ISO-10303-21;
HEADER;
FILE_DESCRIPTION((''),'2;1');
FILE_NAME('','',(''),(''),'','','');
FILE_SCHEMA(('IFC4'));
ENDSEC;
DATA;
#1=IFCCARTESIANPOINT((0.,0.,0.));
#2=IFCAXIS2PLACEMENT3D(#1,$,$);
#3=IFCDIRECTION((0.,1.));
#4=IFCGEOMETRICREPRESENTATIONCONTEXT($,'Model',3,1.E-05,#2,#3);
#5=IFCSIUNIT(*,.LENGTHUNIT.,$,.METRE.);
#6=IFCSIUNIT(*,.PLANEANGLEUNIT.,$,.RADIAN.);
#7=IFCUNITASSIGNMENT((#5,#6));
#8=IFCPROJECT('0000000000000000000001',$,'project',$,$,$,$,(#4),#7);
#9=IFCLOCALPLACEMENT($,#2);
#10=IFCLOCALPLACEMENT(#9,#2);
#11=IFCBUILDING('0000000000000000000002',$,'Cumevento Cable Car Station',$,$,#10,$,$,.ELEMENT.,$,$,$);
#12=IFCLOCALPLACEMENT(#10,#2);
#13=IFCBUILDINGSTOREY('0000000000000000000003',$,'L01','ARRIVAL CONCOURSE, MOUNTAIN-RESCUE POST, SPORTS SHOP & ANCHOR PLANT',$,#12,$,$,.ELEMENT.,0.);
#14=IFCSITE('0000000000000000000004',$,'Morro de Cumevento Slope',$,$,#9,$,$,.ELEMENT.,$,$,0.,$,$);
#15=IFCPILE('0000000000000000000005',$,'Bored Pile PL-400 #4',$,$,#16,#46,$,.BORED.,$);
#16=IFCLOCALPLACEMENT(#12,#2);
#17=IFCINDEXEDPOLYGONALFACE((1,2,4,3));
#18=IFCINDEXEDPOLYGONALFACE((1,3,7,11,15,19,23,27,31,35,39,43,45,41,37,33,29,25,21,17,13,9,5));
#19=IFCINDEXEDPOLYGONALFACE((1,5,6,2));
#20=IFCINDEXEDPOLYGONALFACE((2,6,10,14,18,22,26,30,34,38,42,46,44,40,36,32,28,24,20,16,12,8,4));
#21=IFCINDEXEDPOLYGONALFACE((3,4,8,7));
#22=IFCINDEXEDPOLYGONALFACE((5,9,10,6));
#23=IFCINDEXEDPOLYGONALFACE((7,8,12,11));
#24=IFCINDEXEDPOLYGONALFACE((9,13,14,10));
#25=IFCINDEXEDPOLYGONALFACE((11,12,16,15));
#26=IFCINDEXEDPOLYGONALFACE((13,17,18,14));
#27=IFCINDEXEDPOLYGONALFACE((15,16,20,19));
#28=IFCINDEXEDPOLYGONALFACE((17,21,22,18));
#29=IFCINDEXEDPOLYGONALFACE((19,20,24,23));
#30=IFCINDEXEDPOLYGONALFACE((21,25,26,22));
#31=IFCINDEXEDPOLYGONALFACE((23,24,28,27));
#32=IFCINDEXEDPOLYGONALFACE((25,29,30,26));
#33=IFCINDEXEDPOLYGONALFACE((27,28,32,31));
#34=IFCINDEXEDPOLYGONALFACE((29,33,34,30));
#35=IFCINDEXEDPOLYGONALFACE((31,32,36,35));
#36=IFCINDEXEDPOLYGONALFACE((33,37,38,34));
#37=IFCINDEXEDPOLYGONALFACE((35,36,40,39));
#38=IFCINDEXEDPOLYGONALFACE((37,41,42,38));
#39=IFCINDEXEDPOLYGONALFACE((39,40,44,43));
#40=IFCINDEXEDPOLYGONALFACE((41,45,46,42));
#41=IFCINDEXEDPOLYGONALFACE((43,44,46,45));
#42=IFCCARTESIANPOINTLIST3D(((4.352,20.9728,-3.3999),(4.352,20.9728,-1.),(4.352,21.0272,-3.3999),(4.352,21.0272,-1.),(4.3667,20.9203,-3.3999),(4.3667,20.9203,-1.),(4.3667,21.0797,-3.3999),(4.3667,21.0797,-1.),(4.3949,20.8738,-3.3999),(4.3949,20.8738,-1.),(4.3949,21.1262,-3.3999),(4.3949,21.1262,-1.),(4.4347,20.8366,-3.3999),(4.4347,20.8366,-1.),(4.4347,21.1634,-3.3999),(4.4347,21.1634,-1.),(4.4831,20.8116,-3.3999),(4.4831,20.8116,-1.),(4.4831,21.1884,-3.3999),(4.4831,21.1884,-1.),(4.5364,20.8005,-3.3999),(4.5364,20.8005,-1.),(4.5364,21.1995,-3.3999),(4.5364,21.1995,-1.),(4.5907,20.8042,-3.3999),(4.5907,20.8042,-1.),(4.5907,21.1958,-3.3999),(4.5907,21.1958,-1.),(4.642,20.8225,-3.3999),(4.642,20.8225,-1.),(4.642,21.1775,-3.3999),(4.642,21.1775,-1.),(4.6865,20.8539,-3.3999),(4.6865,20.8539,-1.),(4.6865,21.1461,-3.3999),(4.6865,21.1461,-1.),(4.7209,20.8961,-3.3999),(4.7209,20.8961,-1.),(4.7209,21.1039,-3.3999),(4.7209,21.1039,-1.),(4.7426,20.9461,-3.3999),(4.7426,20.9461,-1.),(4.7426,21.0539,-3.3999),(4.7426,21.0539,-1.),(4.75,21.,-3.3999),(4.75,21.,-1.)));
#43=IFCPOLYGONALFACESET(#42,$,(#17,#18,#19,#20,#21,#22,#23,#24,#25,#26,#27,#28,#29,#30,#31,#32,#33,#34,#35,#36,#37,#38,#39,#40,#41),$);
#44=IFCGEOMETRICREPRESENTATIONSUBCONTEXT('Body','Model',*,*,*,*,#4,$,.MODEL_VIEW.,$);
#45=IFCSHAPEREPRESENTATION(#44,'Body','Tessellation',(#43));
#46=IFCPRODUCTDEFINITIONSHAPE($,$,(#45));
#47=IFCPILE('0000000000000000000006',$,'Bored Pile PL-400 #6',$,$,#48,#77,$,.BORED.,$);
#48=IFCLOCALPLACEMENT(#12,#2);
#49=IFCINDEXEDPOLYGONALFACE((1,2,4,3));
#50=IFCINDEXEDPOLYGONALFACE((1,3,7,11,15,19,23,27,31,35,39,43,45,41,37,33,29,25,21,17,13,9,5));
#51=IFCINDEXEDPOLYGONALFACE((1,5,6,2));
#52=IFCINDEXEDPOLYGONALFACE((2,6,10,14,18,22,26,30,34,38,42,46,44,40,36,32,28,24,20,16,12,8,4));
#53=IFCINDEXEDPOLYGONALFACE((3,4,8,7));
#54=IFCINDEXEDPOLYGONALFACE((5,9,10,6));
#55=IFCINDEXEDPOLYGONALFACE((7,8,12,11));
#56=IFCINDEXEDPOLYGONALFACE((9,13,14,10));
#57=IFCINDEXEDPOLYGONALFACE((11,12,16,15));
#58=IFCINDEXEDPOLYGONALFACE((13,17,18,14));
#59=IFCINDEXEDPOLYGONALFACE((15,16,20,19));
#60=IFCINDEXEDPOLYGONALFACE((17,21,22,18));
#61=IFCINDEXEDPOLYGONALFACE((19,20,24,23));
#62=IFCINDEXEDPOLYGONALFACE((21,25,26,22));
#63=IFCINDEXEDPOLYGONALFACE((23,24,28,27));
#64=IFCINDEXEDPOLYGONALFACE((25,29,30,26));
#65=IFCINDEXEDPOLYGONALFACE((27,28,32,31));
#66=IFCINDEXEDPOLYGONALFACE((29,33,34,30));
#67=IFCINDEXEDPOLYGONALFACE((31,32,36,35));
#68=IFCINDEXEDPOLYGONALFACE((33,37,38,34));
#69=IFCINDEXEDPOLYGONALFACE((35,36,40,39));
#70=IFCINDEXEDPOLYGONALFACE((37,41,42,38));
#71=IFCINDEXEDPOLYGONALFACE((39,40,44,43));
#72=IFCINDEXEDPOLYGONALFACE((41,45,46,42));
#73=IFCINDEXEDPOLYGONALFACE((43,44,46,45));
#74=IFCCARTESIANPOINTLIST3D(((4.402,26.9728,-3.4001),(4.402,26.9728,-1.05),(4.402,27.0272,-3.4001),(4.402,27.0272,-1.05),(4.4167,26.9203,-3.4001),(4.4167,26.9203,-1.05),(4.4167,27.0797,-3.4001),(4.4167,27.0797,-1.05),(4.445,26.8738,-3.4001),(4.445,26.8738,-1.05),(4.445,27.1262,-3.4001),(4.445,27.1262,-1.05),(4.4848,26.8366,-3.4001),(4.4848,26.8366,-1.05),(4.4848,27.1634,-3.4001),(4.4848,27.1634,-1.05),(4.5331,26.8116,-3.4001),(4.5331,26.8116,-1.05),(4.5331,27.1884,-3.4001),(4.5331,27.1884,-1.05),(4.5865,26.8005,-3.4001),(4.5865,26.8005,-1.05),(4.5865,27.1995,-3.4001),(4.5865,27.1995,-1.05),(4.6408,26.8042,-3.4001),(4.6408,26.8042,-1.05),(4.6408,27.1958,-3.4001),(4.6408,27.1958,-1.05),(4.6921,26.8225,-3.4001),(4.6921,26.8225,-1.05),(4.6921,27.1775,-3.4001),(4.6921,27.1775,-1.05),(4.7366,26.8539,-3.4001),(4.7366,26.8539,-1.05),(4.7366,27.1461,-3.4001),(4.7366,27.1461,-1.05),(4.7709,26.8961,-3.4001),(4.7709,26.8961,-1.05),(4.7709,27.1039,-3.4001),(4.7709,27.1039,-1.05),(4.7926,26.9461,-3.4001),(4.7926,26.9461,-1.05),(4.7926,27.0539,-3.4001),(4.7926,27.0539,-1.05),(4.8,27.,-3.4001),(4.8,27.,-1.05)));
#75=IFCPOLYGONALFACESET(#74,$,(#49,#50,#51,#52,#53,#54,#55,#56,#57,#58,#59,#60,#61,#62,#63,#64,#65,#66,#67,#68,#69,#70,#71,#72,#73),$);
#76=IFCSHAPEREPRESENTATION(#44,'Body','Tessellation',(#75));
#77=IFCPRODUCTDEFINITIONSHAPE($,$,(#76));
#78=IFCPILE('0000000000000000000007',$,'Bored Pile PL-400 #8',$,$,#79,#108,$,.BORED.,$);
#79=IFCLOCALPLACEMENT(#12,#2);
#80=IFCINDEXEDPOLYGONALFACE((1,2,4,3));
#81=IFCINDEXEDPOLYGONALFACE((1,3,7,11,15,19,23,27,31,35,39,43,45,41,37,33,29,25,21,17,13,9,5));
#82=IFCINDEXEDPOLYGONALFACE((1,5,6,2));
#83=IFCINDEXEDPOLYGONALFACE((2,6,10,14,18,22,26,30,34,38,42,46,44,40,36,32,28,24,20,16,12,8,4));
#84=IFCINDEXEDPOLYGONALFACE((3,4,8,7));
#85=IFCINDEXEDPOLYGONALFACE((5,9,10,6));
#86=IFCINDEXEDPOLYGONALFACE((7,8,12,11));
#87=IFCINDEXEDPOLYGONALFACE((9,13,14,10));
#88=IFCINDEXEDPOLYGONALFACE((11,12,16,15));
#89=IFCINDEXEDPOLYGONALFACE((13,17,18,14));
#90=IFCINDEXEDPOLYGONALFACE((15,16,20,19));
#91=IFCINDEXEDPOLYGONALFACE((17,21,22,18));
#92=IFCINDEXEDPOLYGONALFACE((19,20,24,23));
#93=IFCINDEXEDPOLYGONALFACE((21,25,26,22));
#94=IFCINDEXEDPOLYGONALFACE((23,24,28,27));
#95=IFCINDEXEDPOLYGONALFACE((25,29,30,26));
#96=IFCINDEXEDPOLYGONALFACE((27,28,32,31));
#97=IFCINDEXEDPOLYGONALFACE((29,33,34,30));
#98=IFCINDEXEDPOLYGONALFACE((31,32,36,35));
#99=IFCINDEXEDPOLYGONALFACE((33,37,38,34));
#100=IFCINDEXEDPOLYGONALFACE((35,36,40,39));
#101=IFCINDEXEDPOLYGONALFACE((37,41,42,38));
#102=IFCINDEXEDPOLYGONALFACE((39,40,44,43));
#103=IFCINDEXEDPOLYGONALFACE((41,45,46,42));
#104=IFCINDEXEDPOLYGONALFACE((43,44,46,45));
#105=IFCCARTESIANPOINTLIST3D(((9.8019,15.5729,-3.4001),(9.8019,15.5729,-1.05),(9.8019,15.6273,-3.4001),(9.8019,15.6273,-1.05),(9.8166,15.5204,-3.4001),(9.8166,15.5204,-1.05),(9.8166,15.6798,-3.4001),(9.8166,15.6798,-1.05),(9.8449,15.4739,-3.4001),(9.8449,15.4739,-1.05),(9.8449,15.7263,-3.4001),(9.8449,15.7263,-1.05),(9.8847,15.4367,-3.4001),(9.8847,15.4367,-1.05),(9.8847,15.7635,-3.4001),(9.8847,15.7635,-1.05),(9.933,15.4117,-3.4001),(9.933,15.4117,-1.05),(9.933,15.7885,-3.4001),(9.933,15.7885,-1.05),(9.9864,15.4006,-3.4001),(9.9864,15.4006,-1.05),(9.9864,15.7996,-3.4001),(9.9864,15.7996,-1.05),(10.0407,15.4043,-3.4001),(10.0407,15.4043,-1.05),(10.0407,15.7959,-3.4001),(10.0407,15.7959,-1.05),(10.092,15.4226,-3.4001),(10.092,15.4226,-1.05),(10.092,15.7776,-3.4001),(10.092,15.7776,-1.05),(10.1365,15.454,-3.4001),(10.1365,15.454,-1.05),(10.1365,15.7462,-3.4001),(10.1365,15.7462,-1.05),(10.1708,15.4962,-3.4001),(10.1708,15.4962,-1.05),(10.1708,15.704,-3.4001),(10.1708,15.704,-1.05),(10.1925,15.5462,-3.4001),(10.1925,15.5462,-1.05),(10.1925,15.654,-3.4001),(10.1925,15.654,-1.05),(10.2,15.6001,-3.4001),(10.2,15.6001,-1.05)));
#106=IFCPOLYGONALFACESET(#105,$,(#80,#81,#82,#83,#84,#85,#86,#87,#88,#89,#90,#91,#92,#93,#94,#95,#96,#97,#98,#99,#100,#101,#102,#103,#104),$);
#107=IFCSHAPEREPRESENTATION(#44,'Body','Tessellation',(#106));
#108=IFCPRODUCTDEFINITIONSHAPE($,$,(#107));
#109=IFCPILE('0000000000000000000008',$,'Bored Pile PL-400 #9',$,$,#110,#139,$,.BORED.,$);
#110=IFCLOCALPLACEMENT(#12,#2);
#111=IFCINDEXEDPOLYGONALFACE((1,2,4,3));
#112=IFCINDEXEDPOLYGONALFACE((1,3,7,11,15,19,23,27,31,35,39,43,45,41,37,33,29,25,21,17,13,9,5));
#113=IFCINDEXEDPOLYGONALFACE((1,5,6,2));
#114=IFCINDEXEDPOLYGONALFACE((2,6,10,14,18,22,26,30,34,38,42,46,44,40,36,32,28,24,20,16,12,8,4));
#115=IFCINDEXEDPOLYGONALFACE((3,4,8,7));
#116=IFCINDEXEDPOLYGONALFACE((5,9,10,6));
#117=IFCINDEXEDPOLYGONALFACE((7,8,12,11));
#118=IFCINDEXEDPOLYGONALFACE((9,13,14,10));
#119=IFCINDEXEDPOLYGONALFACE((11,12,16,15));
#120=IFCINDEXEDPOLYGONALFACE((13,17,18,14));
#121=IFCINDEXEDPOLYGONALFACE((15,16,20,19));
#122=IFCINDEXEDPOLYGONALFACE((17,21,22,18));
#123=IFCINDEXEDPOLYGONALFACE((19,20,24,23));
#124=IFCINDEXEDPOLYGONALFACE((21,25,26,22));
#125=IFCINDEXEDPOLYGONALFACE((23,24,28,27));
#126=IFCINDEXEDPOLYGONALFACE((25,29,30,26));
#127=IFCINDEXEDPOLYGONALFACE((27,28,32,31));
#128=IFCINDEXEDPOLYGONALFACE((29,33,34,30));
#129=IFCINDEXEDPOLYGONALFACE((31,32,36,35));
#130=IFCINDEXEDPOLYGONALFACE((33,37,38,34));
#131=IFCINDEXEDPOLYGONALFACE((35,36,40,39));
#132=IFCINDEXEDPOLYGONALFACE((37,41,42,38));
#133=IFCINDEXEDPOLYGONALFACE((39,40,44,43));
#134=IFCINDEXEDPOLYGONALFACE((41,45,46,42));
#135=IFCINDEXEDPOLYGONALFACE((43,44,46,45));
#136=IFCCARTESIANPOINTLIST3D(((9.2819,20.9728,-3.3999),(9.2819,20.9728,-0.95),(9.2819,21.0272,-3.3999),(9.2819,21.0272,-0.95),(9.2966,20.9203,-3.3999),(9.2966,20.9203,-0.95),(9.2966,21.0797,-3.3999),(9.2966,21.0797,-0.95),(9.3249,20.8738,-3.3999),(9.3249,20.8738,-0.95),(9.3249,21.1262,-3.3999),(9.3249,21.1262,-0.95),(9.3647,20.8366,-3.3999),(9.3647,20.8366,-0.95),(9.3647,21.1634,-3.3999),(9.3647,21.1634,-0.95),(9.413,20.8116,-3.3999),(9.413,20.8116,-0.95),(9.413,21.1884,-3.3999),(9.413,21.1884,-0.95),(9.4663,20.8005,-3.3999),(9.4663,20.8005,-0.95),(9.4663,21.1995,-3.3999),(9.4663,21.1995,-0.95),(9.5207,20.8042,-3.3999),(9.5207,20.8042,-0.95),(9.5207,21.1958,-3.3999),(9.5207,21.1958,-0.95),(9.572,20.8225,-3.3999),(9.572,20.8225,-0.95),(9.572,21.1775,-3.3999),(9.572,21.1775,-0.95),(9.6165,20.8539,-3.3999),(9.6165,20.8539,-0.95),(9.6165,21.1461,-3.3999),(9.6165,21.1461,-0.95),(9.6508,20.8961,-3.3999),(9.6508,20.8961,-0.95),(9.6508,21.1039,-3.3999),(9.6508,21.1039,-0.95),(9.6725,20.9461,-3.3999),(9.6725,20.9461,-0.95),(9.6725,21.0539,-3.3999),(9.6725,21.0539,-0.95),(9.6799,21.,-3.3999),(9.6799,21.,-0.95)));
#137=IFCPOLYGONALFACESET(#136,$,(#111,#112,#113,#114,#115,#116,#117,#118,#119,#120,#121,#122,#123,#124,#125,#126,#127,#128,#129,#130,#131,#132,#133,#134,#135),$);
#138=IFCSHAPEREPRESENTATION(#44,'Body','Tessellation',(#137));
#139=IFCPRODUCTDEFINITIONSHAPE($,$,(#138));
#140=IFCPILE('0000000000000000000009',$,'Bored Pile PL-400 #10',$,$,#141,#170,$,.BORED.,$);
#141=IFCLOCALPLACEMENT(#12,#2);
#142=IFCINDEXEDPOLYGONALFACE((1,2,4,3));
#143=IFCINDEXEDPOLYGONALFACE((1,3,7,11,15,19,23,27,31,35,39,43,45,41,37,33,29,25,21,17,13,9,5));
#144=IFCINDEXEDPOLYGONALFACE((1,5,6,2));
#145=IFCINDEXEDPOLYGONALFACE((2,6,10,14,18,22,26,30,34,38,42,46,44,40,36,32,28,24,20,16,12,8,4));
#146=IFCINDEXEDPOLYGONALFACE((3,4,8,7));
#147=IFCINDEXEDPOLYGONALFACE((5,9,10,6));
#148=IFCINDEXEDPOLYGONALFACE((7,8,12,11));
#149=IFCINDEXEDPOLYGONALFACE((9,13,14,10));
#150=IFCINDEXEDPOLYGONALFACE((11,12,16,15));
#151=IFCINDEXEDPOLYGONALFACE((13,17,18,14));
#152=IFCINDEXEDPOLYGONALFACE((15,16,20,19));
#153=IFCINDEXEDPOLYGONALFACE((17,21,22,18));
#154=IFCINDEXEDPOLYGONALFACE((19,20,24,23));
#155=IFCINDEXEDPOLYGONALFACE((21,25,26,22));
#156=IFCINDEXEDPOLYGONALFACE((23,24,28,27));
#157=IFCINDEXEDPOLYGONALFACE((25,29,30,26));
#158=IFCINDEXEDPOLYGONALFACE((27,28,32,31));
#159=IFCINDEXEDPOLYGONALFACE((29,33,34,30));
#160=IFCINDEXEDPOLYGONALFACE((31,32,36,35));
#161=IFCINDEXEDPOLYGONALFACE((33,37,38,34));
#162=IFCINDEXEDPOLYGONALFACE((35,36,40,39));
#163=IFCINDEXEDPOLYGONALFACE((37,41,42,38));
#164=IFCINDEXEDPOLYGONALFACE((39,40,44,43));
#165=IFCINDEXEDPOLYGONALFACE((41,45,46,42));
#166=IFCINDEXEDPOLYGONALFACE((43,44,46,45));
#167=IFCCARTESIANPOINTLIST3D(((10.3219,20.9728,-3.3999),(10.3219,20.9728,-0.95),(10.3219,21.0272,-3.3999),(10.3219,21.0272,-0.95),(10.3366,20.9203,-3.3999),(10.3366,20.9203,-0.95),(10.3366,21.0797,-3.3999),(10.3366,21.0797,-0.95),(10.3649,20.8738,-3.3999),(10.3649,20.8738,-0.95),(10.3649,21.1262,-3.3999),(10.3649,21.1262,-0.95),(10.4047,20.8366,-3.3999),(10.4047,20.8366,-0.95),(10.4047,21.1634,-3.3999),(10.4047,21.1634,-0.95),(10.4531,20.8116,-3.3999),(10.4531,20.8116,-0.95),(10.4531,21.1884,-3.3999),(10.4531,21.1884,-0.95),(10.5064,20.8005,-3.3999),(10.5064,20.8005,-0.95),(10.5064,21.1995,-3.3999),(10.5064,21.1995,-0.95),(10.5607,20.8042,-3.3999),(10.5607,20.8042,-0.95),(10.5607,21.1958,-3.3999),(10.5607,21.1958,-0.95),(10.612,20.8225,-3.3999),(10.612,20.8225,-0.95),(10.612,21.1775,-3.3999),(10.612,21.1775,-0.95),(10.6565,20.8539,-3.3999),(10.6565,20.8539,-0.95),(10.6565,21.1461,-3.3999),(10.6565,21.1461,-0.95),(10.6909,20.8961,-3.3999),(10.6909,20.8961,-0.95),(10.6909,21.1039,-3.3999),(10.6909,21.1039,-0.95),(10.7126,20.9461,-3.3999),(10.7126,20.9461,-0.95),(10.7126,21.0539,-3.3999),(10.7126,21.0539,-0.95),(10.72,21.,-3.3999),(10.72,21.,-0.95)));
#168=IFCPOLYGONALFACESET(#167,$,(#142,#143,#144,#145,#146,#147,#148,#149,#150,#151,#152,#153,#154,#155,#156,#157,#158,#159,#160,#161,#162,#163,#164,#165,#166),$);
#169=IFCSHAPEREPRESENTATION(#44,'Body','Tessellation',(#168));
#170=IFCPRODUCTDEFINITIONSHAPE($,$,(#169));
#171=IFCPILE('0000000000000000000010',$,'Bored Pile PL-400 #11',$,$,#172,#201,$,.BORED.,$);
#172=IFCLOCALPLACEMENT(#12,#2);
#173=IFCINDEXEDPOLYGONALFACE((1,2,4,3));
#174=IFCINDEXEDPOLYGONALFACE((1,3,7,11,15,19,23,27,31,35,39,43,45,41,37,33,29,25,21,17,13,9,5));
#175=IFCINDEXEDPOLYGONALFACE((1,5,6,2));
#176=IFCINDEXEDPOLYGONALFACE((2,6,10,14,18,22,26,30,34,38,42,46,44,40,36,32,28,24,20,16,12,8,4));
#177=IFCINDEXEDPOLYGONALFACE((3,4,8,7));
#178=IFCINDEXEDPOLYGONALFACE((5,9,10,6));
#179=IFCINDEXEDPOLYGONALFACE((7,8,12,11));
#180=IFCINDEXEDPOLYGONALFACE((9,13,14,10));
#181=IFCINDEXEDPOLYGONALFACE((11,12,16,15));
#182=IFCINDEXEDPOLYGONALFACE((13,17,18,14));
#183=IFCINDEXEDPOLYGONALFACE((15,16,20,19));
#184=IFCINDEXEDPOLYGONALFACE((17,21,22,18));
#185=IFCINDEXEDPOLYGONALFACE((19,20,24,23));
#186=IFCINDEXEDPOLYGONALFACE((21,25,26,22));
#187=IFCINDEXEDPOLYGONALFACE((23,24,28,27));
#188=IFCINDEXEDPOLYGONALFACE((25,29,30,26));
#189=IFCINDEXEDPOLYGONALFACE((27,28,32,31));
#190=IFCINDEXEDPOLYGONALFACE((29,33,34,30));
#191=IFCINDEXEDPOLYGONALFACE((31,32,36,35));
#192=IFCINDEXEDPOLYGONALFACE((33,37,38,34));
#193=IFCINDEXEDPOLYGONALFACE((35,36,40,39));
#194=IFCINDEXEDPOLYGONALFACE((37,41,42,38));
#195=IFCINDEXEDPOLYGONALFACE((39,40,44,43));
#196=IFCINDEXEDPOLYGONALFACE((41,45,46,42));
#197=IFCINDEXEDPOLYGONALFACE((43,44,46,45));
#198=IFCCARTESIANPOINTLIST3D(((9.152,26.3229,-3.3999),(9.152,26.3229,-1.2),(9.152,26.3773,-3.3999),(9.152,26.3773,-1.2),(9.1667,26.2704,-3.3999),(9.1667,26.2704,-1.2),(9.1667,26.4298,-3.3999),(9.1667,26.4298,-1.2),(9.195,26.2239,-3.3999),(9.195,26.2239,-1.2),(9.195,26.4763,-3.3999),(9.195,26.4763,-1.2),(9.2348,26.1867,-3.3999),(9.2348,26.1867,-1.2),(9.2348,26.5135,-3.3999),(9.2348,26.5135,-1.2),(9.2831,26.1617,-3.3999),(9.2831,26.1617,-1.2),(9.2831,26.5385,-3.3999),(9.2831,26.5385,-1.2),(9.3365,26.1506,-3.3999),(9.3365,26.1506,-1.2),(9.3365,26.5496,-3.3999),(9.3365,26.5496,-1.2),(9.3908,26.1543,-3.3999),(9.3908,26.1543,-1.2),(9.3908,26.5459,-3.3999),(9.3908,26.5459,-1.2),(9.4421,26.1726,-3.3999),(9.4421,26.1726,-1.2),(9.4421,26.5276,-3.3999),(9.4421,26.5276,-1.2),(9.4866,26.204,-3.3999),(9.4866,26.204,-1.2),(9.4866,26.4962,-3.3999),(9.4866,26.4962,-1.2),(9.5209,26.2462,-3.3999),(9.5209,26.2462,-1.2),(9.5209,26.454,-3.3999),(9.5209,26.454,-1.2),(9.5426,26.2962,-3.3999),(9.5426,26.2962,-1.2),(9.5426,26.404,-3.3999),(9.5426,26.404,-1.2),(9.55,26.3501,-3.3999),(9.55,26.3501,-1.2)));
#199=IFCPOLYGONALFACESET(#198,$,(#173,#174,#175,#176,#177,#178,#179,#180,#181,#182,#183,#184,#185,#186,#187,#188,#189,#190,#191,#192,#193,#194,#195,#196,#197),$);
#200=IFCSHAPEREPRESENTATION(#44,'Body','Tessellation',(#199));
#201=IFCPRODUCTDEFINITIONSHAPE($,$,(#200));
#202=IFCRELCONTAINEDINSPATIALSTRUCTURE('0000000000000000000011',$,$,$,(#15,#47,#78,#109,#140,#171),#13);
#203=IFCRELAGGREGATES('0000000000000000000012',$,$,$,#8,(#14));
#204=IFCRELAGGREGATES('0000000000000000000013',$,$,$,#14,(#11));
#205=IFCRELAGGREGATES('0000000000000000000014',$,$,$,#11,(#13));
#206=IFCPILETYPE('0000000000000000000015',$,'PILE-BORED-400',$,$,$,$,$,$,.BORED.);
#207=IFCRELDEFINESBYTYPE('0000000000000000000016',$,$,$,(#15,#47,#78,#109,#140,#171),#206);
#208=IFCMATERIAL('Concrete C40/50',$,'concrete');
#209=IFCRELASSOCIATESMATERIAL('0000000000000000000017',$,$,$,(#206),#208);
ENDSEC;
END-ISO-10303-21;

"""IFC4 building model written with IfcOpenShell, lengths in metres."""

from ifc_helpers import new_model, si_unit, direction, frame, origin, origin_2d, place, context, subcontext, project, spatial, circle, extrude, material, material_profile, profile_set, type_object, element, save


model = new_model("IFC4")

# Units and contexts
model_context = context("Model", 3, precision=1e-05, world=origin(), true_north=direction((0.0, 1.0)))
body_context = subcontext(model_context, "Body", "Model", "MODEL_VIEW")
ifc_project = project(units=[si_unit("LENGTHUNIT", "METRE"), si_unit("PLANEANGLEUNIT", "RADIAN")], contexts=[model_context])

# Site, building, storey
site_placement = place(None, origin())
site = spatial("IfcSite", under=ifc_project, at=site_placement, Name="Morro de Cumevento Slope", CompositionType="ELEMENT", RefElevation=0.0)
building_placement = place(site_placement, origin())
building = spatial("IfcBuilding", under=site, at=building_placement, Name="Cumevento Cable Car Station", CompositionType="ELEMENT")
storey_placement = place(building_placement, origin())
storey = spatial("IfcBuildingStorey", under=building, at=storey_placement, Name="L01", Description="ARRIVAL CONCOURSE, MOUNTAIN-RESCUE POST, SPORTS SHOP & ANCHOR PLANT", CompositionType="ELEMENT", Elevation=0.0)

# Piles
ifc_material_1 = material(Name="Concrete C40/50", Category="concrete")
ifc_material_profile_1 = material_profile(ifc_material_1, circle(Radius=0.2, at=origin_2d()), Name="PILE-D400")
ifc_profile_set_1 = profile_set([ifc_material_profile_1], Name="Concrete C40/50")
pile_type = type_object("IfcPileType", Name="PILE-BORED-400", PredefinedType="BORED", material=ifc_profile_set_1)
pile_1_placement = place(storey_placement, frame((4.55, 21.0, -1.0), z_axis=(0.0, 0.0, -1.0), x_axis=(1.0, 0.0, 0.0)))
element("IfcPile", 1, at=pile_1_placement, inside=storey, type_object=pile_type, Name="Bored Pile PL-400 #4", PredefinedType="BORED", context=body_context, shape_type="SweptSolid", body=[
    extrude(circle(Radius=0.2, at=origin_2d()), origin(), (0.0, 0.0, 1.0), 2.3999),
])
for number, where, z_axis, x_axis, name in (
    (2, (4.6001, 27.0, -1.05), (0.0, 0.0, -1.0), (1.0, 0.0, 0.0), "Bored Pile PL-400 #6"),
    (3, (10.0, 15.6001, -1.05), (0.0, 0.0, -1.0), (1.0, 0.0, 0.0), "Bored Pile PL-400 #8"),
):
    element("IfcPile", number, at=place(storey_placement, frame(where, z_axis=z_axis, x_axis=x_axis)), inside=storey, type_object=pile_type, Name=name, PredefinedType="BORED", context=body_context, shape_type="SweptSolid", body=[
        extrude(circle(Radius=0.2, at=origin_2d()), origin(), (0.0, 0.0, 1.0), 2.3501),
    ])
for number, where, z_axis, x_axis, name in (
    (4, (9.48, 21.0, -0.95), (0.0, 0.0, -1.0), (1.0, 0.0, 0.0), "Bored Pile PL-400 #9"),
    (5, (10.52, 21.0, -0.95), (0.0, 0.0, -1.0), (1.0, 0.0, 0.0), "Bored Pile PL-400 #10"),
):
    element("IfcPile", number, at=place(storey_placement, frame(where, z_axis=z_axis, x_axis=x_axis)), inside=storey, type_object=pile_type, Name=name, PredefinedType="BORED", context=body_context, shape_type="SweptSolid", body=[
        extrude(circle(Radius=0.2, at=origin_2d()), origin(), (0.0, 0.0, 1.0), 2.45),
    ])
for number, where, z_axis, x_axis, name in (
    (6, (9.3501, 26.3501, -1.2), (0.0, 0.0, -1.0), (1.0, 0.0, 0.0), "Bored Pile PL-400 #11"),
):
    element("IfcPile", number, at=place(storey_placement, frame(where, z_axis=z_axis, x_axis=x_axis)), inside=storey, type_object=pile_type, Name=name, PredefinedType="BORED", context=body_context, shape_type="SweptSolid", body=[
        extrude(circle(Radius=0.2, at=origin_2d()), origin(), (0.0, 0.0, 1.0), 2.2),
    ])

save(model, "model.ifc")
